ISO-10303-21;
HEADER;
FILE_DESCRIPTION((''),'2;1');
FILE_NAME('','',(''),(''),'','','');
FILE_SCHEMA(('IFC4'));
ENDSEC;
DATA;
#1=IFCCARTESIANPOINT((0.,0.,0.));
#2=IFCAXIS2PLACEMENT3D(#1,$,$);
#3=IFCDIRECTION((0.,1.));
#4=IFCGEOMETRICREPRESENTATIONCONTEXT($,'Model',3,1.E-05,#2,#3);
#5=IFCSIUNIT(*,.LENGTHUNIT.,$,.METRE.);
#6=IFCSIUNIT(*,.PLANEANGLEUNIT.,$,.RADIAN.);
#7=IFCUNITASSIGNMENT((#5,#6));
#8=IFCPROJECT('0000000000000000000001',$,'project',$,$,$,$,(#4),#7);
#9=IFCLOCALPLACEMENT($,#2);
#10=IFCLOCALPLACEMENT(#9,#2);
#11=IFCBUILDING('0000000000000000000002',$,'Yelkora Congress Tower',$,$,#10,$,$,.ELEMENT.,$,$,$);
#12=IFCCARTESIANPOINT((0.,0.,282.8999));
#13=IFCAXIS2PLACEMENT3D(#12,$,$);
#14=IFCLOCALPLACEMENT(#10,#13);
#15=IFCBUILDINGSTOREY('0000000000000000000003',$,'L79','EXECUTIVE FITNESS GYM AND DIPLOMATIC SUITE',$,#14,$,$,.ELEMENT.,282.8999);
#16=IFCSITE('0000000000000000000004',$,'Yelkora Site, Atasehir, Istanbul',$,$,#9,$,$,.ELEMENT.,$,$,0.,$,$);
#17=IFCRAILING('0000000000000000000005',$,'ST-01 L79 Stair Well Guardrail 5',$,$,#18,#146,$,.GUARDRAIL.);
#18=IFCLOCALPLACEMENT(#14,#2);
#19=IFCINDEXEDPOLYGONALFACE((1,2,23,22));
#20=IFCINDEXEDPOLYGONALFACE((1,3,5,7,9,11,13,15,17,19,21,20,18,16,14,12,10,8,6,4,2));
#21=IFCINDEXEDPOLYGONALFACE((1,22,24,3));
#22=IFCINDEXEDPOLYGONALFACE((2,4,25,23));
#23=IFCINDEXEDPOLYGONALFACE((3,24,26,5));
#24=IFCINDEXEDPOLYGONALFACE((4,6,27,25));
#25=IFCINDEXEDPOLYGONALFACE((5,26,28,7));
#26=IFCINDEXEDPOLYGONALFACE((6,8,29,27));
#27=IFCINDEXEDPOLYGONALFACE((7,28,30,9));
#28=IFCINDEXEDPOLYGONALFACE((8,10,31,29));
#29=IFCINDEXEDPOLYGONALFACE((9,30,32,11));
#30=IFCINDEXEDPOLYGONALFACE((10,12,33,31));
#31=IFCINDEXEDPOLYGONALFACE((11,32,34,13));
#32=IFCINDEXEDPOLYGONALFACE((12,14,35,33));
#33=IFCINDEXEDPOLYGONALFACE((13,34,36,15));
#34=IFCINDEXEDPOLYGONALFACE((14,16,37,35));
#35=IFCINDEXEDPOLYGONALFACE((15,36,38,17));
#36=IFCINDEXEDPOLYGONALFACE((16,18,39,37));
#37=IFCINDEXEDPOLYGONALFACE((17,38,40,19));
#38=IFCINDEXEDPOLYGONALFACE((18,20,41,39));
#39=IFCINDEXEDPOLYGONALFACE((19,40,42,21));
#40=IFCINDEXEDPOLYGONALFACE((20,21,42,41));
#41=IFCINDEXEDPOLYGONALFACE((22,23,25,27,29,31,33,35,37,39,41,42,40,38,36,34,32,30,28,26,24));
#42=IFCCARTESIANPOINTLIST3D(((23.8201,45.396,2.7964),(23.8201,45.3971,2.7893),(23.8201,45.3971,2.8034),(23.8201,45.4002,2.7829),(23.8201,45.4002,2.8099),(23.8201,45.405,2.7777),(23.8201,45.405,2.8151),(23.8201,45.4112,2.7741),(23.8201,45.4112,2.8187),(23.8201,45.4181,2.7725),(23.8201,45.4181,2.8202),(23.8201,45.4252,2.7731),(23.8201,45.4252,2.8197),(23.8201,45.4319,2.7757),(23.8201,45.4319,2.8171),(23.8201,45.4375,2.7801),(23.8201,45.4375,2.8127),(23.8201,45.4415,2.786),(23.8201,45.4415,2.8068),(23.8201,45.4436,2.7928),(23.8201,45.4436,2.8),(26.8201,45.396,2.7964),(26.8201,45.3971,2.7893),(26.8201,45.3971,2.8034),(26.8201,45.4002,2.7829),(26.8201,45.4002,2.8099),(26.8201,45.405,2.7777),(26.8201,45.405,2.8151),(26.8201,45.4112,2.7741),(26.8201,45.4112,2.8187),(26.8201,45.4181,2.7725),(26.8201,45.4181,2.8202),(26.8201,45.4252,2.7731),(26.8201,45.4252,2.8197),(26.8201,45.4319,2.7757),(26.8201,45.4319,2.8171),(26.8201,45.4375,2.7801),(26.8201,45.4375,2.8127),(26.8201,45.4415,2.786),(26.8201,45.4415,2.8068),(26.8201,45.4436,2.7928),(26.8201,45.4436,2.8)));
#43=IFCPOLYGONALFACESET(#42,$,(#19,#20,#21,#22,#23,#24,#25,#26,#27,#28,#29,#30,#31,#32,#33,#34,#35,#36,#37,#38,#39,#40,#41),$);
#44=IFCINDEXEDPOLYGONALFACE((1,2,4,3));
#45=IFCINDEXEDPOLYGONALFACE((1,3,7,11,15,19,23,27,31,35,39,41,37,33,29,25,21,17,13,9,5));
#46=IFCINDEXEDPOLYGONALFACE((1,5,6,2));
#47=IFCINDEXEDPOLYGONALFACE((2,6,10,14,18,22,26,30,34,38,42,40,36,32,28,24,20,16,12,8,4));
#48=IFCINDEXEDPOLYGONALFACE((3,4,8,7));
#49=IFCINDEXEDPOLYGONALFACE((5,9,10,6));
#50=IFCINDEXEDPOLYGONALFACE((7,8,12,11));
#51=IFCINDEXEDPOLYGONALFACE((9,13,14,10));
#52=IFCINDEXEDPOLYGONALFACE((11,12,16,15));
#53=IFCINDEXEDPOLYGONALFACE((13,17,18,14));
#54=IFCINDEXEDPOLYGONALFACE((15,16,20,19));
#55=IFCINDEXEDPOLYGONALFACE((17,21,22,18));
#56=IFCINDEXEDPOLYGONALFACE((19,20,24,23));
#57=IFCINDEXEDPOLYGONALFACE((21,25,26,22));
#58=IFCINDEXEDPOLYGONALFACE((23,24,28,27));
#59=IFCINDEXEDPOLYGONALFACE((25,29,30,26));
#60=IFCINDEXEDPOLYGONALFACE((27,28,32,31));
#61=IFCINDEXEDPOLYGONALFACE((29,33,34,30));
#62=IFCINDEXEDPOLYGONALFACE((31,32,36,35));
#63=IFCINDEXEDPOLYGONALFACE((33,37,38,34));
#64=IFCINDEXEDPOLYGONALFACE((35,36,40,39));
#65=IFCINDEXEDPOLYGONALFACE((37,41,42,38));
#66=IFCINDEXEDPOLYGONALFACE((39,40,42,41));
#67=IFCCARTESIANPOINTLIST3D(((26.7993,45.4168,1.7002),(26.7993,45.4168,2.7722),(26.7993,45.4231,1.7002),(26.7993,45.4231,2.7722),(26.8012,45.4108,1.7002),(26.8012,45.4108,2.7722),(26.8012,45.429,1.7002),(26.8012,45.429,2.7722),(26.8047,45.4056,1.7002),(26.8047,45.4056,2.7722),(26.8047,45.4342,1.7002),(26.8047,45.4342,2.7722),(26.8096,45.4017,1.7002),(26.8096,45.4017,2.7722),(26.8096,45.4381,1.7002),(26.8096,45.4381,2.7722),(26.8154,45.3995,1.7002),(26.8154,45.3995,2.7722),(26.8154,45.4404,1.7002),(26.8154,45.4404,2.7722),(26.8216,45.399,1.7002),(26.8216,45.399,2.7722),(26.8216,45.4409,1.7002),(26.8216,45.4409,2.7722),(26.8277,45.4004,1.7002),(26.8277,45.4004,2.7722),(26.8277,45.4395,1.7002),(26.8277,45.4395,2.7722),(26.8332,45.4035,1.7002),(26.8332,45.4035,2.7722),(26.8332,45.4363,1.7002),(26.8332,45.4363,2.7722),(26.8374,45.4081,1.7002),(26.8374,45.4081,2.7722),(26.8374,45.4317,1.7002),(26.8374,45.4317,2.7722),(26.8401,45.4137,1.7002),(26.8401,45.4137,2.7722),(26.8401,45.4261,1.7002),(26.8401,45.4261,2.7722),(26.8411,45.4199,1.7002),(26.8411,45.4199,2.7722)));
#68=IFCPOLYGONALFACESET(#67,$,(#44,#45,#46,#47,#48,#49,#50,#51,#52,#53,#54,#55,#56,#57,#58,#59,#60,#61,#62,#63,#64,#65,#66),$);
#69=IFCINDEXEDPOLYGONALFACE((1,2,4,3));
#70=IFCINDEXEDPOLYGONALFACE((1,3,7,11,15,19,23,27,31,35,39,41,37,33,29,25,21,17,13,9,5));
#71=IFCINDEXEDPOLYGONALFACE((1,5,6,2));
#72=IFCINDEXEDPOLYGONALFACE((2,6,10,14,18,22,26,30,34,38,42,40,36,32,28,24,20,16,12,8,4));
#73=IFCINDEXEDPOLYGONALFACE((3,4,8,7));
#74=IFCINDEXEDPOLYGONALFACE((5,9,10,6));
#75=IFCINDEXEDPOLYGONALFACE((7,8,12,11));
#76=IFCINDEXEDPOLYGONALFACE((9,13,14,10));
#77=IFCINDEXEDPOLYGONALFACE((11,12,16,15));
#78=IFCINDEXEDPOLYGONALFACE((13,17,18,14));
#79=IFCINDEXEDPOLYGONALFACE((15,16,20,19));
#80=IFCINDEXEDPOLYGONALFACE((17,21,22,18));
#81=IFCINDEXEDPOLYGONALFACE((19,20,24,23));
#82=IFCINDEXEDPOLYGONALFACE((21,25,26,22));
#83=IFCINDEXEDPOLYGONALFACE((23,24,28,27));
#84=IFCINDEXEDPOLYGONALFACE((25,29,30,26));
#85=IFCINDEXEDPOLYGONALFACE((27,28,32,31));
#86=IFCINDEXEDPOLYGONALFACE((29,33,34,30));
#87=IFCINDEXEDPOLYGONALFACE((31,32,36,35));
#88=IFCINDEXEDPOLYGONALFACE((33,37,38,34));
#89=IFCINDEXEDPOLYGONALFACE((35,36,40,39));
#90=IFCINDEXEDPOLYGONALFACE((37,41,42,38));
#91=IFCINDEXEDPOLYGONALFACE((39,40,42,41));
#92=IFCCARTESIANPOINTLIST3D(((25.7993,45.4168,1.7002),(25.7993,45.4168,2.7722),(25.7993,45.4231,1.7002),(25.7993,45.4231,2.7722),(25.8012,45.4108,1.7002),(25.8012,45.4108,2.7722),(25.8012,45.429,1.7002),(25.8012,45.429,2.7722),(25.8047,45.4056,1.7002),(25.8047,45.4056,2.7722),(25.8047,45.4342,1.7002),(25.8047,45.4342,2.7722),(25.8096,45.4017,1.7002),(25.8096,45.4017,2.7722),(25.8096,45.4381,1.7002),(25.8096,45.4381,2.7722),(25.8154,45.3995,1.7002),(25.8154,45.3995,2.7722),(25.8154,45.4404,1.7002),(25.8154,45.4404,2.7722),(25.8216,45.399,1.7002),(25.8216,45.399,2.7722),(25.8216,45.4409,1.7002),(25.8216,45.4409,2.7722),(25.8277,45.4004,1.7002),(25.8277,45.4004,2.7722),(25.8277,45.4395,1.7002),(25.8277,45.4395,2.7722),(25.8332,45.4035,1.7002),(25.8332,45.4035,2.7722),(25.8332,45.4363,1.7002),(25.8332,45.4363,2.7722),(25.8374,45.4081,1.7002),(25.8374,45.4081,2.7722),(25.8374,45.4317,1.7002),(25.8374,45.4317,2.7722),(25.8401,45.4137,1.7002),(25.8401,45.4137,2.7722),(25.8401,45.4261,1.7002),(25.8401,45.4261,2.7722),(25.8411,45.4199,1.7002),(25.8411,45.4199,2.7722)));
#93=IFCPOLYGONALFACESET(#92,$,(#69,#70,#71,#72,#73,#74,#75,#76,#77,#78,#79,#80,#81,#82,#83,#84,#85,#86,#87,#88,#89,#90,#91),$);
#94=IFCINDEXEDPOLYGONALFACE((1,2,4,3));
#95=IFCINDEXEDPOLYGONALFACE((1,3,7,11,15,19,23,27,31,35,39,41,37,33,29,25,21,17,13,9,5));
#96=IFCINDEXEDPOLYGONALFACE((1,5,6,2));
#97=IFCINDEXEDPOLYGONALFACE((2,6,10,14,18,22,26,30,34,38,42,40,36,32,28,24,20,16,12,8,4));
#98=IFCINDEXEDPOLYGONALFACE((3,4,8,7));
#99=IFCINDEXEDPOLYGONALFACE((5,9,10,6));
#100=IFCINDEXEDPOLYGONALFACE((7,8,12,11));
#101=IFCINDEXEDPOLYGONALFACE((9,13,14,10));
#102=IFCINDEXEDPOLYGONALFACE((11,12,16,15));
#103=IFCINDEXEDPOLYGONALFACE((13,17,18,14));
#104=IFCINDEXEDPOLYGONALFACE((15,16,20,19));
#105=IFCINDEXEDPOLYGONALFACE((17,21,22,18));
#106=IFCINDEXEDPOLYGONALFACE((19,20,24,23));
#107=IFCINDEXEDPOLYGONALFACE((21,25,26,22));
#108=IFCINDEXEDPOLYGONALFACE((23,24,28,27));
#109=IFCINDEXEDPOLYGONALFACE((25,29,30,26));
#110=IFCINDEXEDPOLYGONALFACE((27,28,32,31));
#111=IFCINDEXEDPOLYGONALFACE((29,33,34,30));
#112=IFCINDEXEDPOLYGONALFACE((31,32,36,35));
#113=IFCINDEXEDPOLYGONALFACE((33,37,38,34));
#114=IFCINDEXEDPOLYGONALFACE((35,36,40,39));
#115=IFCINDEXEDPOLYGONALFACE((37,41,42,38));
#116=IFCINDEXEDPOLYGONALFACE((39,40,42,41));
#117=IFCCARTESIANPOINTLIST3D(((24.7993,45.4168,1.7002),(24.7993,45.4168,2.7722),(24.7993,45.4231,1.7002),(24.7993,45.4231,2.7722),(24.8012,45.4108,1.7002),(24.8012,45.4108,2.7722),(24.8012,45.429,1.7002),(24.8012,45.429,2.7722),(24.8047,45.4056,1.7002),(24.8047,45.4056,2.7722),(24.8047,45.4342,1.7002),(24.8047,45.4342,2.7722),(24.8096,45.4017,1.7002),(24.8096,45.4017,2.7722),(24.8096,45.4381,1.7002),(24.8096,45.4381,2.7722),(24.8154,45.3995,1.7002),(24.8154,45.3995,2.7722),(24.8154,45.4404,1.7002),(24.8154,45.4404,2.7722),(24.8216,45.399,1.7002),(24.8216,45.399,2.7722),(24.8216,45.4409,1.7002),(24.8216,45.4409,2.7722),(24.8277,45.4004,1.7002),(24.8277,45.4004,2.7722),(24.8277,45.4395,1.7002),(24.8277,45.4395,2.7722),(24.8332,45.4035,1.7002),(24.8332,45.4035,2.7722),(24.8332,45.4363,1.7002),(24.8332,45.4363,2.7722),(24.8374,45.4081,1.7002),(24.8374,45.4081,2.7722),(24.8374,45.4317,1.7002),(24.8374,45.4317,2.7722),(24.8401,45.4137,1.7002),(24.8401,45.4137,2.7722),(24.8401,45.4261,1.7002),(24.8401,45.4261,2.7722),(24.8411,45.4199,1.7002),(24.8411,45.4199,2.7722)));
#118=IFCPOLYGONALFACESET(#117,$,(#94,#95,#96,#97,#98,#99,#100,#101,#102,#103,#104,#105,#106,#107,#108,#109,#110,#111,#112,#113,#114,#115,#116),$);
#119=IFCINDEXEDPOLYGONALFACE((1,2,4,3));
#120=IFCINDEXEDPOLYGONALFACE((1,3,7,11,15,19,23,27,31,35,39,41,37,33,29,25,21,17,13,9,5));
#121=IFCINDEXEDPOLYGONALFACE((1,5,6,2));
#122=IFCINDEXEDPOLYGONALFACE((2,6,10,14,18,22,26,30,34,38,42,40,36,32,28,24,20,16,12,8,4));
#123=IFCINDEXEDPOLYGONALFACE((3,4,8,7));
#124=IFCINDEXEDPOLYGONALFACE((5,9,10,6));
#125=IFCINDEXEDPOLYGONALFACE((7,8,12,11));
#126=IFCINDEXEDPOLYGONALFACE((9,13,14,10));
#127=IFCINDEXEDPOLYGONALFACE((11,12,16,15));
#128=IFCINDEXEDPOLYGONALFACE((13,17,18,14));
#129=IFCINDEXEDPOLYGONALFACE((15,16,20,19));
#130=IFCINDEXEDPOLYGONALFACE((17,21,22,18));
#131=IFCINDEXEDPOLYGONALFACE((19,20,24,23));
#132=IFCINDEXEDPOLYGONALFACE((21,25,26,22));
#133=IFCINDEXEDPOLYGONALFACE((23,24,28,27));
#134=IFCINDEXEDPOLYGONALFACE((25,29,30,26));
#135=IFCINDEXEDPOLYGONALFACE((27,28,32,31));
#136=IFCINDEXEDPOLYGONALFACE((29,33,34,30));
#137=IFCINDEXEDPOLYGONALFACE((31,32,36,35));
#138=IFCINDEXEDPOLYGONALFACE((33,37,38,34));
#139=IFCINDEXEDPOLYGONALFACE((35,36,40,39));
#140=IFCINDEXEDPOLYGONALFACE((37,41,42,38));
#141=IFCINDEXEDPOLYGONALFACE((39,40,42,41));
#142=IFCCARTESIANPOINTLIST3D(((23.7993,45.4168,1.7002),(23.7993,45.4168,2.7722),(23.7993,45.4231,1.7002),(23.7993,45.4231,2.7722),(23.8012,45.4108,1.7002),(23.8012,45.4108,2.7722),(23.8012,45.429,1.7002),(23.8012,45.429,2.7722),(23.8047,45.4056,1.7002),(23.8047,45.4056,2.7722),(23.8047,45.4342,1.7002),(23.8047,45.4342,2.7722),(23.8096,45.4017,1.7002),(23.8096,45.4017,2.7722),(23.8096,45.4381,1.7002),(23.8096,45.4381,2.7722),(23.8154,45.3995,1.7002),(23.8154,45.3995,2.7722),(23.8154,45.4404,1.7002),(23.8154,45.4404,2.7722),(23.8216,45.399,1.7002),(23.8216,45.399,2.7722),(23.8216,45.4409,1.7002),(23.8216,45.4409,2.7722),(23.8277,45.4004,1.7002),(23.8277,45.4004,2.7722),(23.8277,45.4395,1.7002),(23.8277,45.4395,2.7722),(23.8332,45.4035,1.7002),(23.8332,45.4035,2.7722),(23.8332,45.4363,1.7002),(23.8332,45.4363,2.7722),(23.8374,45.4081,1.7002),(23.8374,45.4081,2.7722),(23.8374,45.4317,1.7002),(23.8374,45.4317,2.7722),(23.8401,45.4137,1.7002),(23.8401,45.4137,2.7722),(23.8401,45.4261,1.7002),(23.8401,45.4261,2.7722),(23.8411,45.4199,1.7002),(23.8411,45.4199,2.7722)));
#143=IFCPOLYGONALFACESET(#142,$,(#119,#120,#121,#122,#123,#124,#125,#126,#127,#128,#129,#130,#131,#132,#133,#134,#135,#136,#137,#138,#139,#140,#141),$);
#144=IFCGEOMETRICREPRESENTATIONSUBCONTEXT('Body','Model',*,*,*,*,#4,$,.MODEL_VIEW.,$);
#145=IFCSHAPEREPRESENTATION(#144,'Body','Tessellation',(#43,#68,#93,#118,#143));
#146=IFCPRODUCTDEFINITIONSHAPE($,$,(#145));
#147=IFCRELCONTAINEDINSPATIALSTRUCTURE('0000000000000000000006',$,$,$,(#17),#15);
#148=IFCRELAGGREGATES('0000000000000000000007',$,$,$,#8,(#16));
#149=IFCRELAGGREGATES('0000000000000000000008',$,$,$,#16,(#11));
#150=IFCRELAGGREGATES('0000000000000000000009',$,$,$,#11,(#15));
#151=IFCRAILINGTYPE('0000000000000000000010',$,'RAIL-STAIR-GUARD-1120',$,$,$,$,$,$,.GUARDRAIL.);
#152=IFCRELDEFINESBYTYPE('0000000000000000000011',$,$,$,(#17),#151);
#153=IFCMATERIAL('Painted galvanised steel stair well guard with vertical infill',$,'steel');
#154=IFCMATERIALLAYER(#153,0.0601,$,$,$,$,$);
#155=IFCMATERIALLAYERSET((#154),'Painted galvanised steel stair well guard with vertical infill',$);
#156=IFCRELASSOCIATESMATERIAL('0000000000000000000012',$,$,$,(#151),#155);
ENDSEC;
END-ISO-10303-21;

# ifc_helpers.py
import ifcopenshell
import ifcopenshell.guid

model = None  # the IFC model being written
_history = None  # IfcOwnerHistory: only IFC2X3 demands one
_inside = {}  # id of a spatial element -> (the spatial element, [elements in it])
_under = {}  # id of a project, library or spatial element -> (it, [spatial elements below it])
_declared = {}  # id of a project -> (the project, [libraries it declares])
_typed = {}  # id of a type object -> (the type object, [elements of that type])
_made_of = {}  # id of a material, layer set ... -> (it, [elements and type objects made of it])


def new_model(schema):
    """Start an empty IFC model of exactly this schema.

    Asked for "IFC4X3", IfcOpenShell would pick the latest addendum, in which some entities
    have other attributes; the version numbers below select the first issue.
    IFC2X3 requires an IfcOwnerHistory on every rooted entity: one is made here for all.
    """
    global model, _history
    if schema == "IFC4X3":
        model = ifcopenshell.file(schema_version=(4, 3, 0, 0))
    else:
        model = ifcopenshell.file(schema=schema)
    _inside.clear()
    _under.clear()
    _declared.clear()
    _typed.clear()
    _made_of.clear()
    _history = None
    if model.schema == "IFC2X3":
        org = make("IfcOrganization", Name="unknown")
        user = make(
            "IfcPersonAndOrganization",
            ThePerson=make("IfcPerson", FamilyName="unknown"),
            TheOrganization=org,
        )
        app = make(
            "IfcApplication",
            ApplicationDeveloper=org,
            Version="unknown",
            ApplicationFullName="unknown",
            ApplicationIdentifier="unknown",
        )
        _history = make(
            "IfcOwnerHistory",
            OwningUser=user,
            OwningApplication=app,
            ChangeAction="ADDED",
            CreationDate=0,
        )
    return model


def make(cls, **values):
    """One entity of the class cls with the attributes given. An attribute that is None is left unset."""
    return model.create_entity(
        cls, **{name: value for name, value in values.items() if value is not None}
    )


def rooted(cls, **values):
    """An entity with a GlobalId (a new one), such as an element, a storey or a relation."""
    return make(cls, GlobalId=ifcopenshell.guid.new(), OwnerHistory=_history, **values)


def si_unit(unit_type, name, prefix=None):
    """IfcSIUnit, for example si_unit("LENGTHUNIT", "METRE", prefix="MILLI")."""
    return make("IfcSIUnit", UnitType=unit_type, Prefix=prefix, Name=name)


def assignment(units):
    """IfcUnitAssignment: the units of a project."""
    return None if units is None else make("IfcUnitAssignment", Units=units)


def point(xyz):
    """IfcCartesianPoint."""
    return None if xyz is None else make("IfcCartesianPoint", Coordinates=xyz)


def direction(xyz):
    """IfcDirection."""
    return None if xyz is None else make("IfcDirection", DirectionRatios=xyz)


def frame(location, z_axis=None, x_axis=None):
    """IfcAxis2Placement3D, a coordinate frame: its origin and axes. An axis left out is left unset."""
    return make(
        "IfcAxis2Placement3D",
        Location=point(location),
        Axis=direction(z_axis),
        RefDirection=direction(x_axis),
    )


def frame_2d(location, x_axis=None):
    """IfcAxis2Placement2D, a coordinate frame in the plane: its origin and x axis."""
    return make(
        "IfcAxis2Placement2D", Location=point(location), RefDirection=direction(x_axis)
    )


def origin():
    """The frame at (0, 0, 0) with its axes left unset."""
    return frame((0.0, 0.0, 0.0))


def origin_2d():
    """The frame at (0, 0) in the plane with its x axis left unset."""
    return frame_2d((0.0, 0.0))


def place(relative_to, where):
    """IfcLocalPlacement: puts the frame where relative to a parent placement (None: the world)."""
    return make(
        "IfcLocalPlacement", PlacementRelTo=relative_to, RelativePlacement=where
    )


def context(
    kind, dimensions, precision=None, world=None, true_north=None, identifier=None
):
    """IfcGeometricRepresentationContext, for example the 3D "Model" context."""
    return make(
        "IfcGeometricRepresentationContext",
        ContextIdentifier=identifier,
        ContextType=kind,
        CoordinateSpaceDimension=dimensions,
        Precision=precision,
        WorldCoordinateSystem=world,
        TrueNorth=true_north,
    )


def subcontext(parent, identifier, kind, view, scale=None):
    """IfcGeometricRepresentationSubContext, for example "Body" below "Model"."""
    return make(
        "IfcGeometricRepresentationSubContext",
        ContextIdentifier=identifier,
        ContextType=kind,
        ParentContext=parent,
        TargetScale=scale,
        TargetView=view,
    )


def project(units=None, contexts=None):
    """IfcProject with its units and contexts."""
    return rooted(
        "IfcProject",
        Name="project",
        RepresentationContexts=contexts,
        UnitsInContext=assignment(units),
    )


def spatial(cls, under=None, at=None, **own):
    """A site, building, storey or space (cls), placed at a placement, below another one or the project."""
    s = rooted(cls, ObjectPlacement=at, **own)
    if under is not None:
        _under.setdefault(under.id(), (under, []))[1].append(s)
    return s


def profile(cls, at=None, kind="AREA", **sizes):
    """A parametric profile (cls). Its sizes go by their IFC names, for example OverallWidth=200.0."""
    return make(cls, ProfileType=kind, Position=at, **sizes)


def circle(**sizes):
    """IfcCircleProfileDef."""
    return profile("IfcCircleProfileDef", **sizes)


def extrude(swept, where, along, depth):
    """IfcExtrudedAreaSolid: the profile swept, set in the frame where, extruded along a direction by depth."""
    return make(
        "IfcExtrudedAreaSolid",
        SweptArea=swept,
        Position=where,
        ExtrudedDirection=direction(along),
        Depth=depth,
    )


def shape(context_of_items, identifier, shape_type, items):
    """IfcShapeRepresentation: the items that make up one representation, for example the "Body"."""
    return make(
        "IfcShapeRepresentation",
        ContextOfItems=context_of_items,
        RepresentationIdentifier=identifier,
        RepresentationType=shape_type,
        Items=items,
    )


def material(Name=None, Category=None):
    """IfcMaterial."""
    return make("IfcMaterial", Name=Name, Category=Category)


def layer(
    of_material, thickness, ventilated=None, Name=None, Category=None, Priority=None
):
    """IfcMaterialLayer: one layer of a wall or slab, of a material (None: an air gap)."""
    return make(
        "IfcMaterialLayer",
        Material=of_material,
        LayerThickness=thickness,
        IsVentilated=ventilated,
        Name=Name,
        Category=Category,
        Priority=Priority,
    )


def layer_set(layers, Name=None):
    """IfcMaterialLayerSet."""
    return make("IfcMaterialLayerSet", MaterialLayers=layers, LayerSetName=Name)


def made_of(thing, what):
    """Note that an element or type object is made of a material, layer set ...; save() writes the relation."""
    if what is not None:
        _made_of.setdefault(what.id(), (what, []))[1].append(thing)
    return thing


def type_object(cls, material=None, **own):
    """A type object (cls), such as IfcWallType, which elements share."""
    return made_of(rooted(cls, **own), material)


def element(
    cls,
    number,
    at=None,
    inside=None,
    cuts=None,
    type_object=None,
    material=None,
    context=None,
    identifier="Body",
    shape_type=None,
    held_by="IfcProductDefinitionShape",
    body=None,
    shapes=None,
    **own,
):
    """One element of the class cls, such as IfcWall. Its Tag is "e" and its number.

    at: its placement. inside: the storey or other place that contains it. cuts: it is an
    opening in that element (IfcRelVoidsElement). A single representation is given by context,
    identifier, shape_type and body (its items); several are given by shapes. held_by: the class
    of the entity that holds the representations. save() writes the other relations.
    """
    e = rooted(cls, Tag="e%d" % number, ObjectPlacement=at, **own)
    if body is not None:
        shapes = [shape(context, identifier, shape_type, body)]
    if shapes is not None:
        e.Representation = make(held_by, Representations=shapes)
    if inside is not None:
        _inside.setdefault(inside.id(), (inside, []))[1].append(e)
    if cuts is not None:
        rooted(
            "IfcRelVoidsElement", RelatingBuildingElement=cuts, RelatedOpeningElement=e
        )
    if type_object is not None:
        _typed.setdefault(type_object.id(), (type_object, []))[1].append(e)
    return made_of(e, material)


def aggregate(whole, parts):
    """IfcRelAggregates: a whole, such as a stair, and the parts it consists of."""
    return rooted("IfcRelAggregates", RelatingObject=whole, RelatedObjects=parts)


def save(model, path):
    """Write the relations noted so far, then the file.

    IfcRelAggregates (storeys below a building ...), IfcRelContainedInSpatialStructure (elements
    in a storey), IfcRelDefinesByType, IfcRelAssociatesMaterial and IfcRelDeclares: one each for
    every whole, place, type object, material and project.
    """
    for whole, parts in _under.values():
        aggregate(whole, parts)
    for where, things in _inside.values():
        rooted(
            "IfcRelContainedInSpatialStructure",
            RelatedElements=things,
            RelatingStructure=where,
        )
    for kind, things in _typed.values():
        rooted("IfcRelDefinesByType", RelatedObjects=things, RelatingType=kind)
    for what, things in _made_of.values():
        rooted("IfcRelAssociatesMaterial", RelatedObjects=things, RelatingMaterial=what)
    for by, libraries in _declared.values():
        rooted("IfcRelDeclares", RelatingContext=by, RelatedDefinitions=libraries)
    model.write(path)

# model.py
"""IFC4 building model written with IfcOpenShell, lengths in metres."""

from ifc_helpers import new_model, si_unit, direction, frame, origin, origin_2d, place, context, subcontext, project, spatial, circle, extrude, material, layer, layer_set, type_object, element, save


model = new_model("IFC4")

# Units and contexts
model_context = context("Model", 3, precision=1e-05, world=origin(), true_north=direction((0.0, 1.0)))
body_context = subcontext(model_context, "Body", "Model", "MODEL_VIEW")
ifc_project = project(units=[si_unit("LENGTHUNIT", "METRE"), si_unit("PLANEANGLEUNIT", "RADIAN")], contexts=[model_context])

# Site, building, storey
site_placement = place(None, origin())
site = spatial("IfcSite", under=ifc_project, at=site_placement, Name="Yelkora Site, Atasehir, Istanbul", CompositionType="ELEMENT", RefElevation=0.0)
building_placement = place(site_placement, origin())
building = spatial("IfcBuilding", under=site, at=building_placement, Name="Yelkora Congress Tower", CompositionType="ELEMENT")
storey_placement = place(building_placement, frame((0.0, 0.0, 282.8999)))
storey = spatial("IfcBuildingStorey", under=building, at=storey_placement, Name="L79", Description="EXECUTIVE FITNESS GYM AND DIPLOMATIC SUITE", CompositionType="ELEMENT", Elevation=282.8999)

# Railing
ifc_material_1 = material(Name="Painted galvanised steel stair well guard with vertical infill", Category="steel")
ifc_layer_1 = layer(ifc_material_1, 0.0601)
ifc_layer_set_1 = layer_set([ifc_layer_1], Name="Painted galvanised steel stair well guard with vertical infill")
railing_type = type_object("IfcRailingType", Name="RAIL-STAIR-GUARD-1120", PredefinedType="GUARDRAIL", material=ifc_layer_set_1)
railing_1_placement = place(storey_placement, frame((26.8201, 45.4199, 1.7002)))
element("IfcRailing", 1, at=railing_1_placement, inside=storey, type_object=railing_type, Name="ST-01 L79 Stair Well Guardrail 5", PredefinedType="GUARDRAIL", context=body_context, shape_type="SweptSolid", body=[
    extrude(circle(Radius=0.0239, at=origin_2d()), frame((0.0, 0.0, 1.0962), z_axis=(-1.0, 0.0, 0.0), x_axis=(0.0, -1.0, 0.0)), (0.0, 0.0, 1.0), 3.0),
    extrude(circle(Radius=0.021, at=origin_2d()), origin(), (0.0, 0.0, 1.0), 1.072),
    extrude(circle(Radius=0.021, at=origin_2d()), frame((-1.0, 0.0, 0.0)), (0.0, 0.0, 1.0), 1.072),
    extrude(circle(Radius=0.021, at=origin_2d()), frame((-2.0, 0.0, 0.0)), (0.0, 0.0, 1.0), 1.072),
    extrude(circle(Radius=0.021, at=origin_2d()), frame((-3.0, 0.0, 0.0)), (0.0, 0.0, 1.0), 1.072),
])

save(model, "model.ifc")
